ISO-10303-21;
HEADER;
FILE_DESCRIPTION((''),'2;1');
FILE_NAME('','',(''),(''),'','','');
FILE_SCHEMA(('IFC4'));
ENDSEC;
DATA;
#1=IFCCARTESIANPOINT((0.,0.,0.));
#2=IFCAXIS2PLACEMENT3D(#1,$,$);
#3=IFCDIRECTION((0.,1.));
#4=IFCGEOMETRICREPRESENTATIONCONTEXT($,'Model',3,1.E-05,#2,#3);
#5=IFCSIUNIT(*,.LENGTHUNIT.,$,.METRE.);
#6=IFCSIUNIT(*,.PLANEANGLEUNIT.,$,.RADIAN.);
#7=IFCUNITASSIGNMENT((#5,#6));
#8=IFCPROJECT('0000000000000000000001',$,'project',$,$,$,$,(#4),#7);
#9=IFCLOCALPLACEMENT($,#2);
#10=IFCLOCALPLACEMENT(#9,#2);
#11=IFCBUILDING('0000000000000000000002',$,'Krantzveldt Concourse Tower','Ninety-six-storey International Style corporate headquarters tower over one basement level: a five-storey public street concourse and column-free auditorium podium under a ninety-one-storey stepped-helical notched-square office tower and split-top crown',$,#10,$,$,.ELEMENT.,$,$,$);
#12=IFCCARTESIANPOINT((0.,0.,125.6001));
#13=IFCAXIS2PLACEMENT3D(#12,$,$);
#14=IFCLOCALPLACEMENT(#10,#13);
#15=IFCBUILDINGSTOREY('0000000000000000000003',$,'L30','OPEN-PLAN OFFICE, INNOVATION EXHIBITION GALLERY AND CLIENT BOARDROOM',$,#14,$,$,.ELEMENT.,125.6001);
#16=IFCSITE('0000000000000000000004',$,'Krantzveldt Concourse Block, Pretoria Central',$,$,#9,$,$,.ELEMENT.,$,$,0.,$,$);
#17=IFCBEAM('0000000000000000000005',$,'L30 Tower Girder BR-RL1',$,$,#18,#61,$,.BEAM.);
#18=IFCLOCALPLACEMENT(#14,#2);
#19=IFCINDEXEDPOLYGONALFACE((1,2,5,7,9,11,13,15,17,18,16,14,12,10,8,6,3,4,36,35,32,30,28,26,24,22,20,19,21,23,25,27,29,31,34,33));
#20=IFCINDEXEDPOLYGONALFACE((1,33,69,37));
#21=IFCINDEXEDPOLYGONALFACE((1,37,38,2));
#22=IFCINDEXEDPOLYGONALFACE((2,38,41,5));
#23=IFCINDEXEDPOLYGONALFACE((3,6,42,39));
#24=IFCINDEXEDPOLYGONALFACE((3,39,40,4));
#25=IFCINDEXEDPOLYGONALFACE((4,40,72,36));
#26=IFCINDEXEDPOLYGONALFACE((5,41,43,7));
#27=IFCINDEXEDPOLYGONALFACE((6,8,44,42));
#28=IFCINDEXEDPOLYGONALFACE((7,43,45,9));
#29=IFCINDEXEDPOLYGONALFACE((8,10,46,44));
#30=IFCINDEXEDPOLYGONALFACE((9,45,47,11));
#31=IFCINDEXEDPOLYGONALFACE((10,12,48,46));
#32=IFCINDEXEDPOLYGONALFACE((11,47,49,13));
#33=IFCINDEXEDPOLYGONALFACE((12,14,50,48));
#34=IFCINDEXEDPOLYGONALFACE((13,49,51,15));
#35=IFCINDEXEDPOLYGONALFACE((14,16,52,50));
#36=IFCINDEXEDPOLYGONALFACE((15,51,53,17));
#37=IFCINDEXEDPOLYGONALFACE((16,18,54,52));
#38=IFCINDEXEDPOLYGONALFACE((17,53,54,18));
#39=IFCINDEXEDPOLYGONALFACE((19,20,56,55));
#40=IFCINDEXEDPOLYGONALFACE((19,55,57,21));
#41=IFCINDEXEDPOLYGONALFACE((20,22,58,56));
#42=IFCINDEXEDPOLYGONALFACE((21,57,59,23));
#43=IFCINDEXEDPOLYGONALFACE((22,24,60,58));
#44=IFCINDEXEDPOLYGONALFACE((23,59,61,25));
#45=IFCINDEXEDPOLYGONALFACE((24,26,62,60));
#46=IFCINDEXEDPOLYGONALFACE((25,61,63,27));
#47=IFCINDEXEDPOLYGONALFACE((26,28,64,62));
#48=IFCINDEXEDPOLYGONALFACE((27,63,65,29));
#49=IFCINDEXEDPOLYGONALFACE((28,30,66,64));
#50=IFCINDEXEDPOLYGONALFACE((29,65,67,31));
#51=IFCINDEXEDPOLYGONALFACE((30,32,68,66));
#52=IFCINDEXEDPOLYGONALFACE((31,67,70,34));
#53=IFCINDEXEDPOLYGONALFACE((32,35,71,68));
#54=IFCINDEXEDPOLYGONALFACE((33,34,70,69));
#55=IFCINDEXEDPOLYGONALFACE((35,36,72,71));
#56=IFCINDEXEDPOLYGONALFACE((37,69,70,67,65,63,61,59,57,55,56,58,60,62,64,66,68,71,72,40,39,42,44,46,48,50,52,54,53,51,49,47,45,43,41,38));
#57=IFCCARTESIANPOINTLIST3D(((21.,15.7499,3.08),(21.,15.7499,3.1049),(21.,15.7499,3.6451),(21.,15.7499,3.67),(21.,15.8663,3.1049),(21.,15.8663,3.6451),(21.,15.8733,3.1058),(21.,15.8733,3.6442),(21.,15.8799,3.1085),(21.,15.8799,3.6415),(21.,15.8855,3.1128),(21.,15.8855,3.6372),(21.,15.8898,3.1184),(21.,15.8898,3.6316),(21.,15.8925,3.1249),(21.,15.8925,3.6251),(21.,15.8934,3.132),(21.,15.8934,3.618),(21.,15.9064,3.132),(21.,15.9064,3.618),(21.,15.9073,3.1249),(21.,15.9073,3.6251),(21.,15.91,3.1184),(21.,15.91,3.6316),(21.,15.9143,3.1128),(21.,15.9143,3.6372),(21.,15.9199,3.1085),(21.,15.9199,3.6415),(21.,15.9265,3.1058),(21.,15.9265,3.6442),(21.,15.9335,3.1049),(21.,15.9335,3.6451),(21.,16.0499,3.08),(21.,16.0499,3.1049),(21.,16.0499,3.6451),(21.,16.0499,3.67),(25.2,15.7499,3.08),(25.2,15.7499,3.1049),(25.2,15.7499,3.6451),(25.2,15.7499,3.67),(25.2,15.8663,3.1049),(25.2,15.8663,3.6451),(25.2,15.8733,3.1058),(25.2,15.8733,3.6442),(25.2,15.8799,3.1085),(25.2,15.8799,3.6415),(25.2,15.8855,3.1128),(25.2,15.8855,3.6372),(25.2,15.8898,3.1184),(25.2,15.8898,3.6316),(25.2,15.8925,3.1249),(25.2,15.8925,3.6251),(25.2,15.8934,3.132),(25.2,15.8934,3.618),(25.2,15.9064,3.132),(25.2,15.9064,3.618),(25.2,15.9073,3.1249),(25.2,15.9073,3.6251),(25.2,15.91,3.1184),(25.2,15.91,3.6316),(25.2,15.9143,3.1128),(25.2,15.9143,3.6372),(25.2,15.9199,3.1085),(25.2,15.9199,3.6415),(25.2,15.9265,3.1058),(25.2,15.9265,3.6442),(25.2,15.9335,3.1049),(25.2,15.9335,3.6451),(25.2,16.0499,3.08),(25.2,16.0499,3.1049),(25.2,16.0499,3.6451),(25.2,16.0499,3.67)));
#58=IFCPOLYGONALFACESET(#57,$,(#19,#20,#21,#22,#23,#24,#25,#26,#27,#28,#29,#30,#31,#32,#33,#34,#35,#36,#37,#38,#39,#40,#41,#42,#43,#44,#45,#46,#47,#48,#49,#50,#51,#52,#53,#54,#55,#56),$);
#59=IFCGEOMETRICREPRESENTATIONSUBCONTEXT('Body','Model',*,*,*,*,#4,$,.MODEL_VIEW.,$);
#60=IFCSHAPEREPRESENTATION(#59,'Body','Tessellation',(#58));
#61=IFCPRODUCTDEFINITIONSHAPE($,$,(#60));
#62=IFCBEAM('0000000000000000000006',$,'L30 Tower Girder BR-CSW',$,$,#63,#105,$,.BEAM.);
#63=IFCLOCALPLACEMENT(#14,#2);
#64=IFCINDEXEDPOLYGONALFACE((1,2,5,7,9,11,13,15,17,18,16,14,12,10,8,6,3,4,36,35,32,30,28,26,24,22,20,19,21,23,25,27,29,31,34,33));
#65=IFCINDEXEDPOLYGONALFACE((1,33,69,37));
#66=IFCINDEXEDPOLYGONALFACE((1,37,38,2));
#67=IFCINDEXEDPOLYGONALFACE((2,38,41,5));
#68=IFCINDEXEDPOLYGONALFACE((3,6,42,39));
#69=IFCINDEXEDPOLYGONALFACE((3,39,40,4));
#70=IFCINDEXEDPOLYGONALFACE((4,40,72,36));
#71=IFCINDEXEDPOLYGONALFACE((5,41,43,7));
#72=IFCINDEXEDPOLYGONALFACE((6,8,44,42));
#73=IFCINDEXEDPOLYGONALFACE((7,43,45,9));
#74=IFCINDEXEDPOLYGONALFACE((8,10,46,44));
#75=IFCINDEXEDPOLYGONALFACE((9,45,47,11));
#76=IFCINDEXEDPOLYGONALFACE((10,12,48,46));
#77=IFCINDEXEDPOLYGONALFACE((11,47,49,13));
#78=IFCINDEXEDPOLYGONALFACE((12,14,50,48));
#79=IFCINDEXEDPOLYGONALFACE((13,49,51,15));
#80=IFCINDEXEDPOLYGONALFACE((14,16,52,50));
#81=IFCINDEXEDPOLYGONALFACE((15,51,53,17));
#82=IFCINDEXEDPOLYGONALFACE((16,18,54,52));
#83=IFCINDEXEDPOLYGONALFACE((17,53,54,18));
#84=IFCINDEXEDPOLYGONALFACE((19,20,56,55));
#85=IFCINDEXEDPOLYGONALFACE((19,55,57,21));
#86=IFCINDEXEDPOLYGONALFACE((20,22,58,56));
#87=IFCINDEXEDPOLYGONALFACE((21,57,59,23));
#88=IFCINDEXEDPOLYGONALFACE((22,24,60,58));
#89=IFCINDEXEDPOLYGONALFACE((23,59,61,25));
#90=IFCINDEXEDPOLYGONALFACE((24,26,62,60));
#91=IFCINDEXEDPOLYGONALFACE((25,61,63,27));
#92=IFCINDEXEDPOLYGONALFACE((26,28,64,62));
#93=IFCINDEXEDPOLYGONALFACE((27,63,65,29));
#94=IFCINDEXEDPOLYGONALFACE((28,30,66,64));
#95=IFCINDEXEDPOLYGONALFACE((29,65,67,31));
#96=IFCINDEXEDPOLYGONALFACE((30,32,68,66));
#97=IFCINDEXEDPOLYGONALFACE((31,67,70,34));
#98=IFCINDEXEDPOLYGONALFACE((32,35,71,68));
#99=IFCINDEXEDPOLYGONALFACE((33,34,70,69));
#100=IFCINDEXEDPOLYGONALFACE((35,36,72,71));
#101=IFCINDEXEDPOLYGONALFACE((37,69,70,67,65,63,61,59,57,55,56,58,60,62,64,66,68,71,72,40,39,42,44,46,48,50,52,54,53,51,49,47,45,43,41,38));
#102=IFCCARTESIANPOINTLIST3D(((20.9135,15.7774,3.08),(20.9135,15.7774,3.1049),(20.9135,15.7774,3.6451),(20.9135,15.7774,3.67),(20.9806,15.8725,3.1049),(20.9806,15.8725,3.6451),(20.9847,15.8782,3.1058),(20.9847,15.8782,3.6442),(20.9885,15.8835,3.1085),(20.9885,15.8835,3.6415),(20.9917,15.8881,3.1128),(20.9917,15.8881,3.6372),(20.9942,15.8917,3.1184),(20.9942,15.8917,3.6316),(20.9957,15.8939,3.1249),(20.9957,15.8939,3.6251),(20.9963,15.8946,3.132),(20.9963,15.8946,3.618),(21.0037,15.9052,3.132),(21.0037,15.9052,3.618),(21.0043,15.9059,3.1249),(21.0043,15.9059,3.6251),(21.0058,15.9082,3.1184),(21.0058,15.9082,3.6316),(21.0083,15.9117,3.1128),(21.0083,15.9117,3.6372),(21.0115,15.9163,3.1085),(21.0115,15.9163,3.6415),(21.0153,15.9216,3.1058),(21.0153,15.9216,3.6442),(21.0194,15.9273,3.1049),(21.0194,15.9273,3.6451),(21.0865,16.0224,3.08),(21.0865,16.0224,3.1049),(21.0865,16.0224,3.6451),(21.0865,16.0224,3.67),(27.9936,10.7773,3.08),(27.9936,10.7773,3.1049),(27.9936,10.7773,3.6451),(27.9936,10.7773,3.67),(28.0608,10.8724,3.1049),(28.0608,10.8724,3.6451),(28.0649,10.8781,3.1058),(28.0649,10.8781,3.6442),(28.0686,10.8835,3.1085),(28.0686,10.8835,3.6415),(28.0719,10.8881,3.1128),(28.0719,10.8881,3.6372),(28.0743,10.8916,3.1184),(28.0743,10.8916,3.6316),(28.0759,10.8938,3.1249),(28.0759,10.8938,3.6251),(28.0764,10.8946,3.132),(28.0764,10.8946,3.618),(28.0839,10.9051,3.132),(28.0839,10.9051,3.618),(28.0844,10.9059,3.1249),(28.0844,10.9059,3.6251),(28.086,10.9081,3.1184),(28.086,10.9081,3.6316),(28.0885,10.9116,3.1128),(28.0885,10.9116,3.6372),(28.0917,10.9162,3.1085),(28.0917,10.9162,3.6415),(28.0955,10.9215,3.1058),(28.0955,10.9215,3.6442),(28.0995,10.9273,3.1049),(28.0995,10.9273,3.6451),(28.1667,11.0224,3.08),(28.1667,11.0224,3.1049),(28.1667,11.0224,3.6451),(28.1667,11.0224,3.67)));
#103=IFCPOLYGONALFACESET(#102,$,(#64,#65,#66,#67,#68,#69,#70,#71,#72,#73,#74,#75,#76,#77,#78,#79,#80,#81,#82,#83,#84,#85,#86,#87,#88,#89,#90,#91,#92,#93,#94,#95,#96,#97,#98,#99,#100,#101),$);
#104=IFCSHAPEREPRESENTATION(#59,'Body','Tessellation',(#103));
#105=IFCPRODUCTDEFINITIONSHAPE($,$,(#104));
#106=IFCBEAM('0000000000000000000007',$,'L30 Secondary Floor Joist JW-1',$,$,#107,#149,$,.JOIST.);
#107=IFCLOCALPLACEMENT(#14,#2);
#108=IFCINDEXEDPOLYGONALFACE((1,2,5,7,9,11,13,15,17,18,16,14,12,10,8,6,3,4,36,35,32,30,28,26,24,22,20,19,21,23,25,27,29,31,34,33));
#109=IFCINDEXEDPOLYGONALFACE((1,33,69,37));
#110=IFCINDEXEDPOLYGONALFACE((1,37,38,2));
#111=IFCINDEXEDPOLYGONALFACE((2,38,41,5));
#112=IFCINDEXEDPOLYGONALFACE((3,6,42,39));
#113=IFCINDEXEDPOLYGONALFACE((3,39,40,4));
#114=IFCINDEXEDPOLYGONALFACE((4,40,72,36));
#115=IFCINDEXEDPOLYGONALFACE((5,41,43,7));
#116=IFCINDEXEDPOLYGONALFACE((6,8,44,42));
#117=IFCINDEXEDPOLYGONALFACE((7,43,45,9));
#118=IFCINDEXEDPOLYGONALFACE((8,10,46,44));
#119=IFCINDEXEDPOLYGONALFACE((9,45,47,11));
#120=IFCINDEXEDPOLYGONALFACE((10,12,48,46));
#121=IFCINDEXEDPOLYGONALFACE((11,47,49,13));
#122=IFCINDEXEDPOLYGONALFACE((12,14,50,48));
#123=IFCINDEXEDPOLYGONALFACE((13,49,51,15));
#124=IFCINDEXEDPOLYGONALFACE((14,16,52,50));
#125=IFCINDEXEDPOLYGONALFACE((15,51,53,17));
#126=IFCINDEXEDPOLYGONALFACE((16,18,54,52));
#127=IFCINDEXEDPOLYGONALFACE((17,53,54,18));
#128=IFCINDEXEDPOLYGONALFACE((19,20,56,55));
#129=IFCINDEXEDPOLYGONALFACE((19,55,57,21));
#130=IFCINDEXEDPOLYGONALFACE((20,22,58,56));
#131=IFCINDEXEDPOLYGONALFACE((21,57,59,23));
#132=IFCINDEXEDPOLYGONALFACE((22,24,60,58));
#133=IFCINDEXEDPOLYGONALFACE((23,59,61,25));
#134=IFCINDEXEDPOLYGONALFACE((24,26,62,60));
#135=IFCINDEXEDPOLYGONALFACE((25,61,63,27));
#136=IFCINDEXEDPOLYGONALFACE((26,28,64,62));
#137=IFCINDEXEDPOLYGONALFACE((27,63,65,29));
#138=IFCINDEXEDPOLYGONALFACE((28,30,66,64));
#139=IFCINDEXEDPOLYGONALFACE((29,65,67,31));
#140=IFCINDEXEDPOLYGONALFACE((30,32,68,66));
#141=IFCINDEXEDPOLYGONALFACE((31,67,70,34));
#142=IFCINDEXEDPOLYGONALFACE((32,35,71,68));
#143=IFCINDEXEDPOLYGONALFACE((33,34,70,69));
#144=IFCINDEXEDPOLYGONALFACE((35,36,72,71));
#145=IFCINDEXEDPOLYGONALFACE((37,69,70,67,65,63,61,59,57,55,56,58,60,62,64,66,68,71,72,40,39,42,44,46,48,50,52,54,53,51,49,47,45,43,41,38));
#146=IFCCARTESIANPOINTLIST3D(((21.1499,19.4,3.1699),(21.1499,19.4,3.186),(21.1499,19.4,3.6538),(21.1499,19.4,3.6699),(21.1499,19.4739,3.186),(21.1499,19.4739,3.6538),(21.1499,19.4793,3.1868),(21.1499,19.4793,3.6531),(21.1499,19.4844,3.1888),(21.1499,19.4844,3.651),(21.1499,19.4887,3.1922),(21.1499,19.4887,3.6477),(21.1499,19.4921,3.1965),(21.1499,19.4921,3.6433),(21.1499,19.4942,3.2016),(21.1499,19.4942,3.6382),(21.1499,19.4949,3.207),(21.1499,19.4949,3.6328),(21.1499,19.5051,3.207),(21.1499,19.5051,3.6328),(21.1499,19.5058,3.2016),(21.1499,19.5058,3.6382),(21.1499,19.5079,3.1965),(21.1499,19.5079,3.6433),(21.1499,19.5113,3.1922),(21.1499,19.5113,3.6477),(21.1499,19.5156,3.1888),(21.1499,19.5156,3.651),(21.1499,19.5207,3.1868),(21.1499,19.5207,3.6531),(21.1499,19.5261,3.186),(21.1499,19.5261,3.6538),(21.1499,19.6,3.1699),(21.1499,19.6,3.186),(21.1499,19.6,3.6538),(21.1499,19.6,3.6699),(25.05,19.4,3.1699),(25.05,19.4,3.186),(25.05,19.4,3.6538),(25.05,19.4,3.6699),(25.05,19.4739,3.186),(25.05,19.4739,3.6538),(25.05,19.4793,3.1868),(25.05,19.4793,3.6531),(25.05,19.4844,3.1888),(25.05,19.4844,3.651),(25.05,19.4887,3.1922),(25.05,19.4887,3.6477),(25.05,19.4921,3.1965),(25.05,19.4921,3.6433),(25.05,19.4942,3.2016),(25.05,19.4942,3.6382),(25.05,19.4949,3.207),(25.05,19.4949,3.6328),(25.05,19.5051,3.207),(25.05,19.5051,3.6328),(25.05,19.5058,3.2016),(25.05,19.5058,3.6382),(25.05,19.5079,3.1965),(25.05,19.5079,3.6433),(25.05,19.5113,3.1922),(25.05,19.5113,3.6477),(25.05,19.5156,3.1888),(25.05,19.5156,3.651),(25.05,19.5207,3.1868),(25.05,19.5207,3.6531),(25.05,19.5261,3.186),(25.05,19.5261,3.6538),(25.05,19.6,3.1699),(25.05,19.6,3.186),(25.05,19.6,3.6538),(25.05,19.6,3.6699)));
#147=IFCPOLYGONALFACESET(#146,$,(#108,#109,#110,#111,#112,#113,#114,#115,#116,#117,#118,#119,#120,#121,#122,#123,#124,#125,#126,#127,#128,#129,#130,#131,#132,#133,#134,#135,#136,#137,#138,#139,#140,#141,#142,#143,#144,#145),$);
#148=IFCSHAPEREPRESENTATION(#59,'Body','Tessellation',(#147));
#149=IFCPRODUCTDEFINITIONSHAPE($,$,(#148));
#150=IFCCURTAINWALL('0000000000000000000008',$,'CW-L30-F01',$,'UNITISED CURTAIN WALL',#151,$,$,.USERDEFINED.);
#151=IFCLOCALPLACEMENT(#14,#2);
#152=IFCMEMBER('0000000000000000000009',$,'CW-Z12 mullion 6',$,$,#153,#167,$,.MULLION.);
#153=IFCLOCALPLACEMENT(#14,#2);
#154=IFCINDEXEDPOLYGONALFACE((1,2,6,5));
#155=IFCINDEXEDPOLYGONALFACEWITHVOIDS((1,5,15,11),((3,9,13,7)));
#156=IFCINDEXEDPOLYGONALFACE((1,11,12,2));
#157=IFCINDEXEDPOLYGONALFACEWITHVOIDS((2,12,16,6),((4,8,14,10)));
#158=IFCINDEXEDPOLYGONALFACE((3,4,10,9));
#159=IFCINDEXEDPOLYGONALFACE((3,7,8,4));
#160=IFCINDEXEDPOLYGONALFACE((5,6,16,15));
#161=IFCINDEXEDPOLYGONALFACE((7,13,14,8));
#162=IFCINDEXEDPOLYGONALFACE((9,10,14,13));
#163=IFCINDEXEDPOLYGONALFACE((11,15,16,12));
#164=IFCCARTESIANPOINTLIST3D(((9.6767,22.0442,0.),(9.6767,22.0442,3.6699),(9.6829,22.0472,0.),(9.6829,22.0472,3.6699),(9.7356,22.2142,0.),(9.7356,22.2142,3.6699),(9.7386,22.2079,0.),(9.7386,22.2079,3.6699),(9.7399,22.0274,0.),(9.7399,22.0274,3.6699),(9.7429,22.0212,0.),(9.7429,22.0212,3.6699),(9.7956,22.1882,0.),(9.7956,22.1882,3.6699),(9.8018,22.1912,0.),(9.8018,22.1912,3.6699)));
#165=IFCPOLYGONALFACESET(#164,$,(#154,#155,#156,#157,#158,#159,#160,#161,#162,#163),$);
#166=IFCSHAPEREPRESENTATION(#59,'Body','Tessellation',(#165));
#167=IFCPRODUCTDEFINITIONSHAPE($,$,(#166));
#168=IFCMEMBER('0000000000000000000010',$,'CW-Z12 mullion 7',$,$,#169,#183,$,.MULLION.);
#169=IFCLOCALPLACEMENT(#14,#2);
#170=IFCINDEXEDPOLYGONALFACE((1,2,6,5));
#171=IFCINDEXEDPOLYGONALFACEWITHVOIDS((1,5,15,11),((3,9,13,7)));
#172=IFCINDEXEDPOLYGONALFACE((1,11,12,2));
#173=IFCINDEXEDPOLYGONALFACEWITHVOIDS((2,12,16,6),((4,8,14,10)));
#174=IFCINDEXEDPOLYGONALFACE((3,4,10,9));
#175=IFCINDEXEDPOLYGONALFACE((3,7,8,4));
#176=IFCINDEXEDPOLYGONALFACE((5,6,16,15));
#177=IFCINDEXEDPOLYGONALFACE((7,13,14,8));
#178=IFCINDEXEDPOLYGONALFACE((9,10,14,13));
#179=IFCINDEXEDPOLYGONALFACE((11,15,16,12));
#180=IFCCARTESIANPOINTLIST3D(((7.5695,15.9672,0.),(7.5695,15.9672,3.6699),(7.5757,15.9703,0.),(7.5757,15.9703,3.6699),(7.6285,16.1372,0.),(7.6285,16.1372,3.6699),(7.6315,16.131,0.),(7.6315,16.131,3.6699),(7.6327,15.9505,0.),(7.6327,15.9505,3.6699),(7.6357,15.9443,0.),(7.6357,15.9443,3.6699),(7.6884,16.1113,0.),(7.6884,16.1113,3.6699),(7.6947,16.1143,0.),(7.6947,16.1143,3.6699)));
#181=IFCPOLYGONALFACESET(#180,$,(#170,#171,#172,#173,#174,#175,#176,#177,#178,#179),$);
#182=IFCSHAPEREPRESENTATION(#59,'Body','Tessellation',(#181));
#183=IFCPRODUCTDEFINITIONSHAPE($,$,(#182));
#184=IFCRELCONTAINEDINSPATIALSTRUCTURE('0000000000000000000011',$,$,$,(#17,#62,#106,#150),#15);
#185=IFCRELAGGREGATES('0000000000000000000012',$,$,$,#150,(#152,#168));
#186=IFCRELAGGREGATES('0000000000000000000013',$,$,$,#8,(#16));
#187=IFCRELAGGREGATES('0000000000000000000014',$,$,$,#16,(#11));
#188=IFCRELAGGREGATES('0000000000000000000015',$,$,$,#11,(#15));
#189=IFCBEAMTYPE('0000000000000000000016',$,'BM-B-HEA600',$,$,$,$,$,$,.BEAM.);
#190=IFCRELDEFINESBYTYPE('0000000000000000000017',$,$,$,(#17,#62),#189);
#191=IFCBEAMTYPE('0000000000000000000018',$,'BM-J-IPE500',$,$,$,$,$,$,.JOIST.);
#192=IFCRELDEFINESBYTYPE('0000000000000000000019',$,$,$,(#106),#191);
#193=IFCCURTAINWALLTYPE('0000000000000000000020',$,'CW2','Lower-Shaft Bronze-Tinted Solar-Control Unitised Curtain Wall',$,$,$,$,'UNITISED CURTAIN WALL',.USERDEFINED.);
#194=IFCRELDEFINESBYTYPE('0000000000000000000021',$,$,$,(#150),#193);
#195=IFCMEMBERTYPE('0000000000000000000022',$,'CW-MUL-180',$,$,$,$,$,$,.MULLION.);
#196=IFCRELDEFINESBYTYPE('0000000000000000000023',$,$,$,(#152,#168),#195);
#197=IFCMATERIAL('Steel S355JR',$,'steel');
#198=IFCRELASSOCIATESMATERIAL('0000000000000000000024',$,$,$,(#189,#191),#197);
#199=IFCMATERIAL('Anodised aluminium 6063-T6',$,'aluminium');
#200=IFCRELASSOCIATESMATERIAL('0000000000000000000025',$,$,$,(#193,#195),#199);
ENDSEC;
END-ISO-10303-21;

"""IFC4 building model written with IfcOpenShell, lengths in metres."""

from ifc_helpers import new_model, si_unit, direction, frame, origin, origin_2d, place, context, subcontext, project, spatial, hollow_rectangle, i_section, extrude, source, transform, mapped, material, material_profile, profile_set, type_object, type_shapes, element, aggregate, save


model = new_model("IFC4")

# Units and contexts
model_context = context("Model", 3, precision=1e-05, world=origin(), true_north=direction((0.0, 1.0)))
body_context = subcontext(model_context, "Body", "Model", "MODEL_VIEW")
ifc_project = project(units=[si_unit("LENGTHUNIT", "METRE"), si_unit("PLANEANGLEUNIT", "RADIAN")], contexts=[model_context])

# Site, building, storey
site_placement = place(None, origin())
site = spatial("IfcSite", under=ifc_project, at=site_placement, Name="Krantzveldt Concourse Block, Pretoria Central", CompositionType="ELEMENT", RefElevation=0.0)
building_placement = place(site_placement, origin())
building = spatial("IfcBuilding", under=site, at=building_placement, Name="Krantzveldt Concourse Tower", Description="Ninety-six-storey International Style corporate headquarters tower over one basement level: a five-storey public street concourse and column-free auditorium podium under a ninety-one-storey stepped-helical notched-square office tower and split-top crown", CompositionType="ELEMENT")
storey_placement = place(building_placement, frame((0.0, 0.0, 125.6001)))
storey = spatial("IfcBuildingStorey", under=building, at=storey_placement, Name="L30", Description="OPEN-PLAN OFFICE, INNOVATION EXHIBITION GALLERY AND CLIENT BOARDROOM", CompositionType="ELEMENT", Elevation=125.6001)

# Beams
ifc_material_1 = material(Name="Steel S355JR", Category="steel")
ifc_material_profile_1 = material_profile(ifc_material_1, i_section(OverallWidth=0.3, OverallDepth=0.5901, WebThickness=0.0129, FlangeThickness=0.0249, FilletRadius=0.0271, at=origin_2d()), Name="Steel S355JR", Category="steel")
ifc_profile_set_1 = profile_set([ifc_material_profile_1], Name="Steel S355JR - HEA 600")
beam_type_1 = type_object("IfcBeamType", Name="BM-B-HEA600", PredefinedType="BEAM", material=ifc_profile_set_1)
shared_shape_1 = source(origin(), body_context, "Body", "SweptSolid", [
    extrude(i_section(OverallWidth=0.3, OverallDepth=0.5901, WebThickness=0.0129, FlangeThickness=0.0249, FilletRadius=0.0271, at=origin_2d()), origin(), (0.0, 0.0, 1.0), 4.2),
])
beam_1_placement = place(storey_placement, frame((21.0, 15.8999, 3.375), z_axis=(1.0, 0.0, 0.0), x_axis=(0.0, 1.0, 0.0)))
element("IfcBeam", 1, at=beam_1_placement, inside=storey, type_object=beam_type_1, Name="L30 Tower Girder BR-RL1", PredefinedType="BEAM", context=body_context, shape_type="MappedRepresentation", body=[
    mapped(shared_shape_1, transform((0.0, 0.0, 0.0), x_axis=(1.0, 0.0, 0.0), y_axis=(0.0, 1.0, 0.0), z_axis=(0.0, 0.0, 1.0), scale=1.0)),
])
shared_shape_2 = source(origin(), body_context, "Body", "SweptSolid", [
    extrude(i_section(OverallWidth=0.3, OverallDepth=0.5901, WebThickness=0.0129, FlangeThickness=0.0249, FilletRadius=0.0271, at=origin_2d()), origin(), (0.0, 0.0, 1.0), 8.6677),
])
type_shapes(beam_type_1, [shared_shape_1, shared_shape_2])
beam_2_placement = place(storey_placement, frame((21.0, 15.8999, 3.375), z_axis=(0.816843, -0.57686, 0.0), x_axis=(0.57686, 0.816843, 0.0)))
element("IfcBeam", 2, at=beam_2_placement, inside=storey, type_object=beam_type_1, Name="L30 Tower Girder BR-CSW", PredefinedType="BEAM", context=body_context, shape_type="MappedRepresentation", body=[
    mapped(shared_shape_2, transform((0.0, 0.0, 0.0), x_axis=(1.0, 0.0, 0.0), y_axis=(0.0, 1.0, 0.0), z_axis=(0.0, 0.0, 1.0), scale=1.0)),
])
ifc_material_profile_2 = material_profile(ifc_material_1, i_section(OverallWidth=0.2, OverallDepth=0.5, WebThickness=0.0103, FlangeThickness=0.0161, FilletRadius=0.021, at=origin_2d()), Name="Steel S355JR", Category="steel")
ifc_profile_set_2 = profile_set([ifc_material_profile_2], Name="Steel S355JR - IPE 500")
beam_type_2 = type_object("IfcBeamType", Name="BM-J-IPE500", PredefinedType="JOIST", material=ifc_profile_set_2)
shared_shape_3 = source(origin(), body_context, "Body", "SweptSolid", [
    extrude(i_section(OverallWidth=0.2, OverallDepth=0.5, WebThickness=0.0103, FlangeThickness=0.0161, FilletRadius=0.021, at=origin_2d()), origin(), (0.0, 0.0, 1.0), 3.9001),
])
type_shapes(beam_type_2, [shared_shape_3])
beam_3_placement = place(storey_placement, frame((21.1499, 19.5, 3.4199), z_axis=(1.0, 0.0, 0.0), x_axis=(0.0, 1.0, 0.0)))
element("IfcBeam", 3, at=beam_3_placement, inside=storey, type_object=beam_type_2, Name="L30 Secondary Floor Joist JW-1", PredefinedType="JOIST", context=body_context, shape_type="MappedRepresentation", body=[
    mapped(shared_shape_3, transform((0.0, 0.0, 0.0), x_axis=(1.0, 0.0, 0.0), y_axis=(0.0, 1.0, 0.0), z_axis=(0.0, 0.0, 1.0), scale=1.0)),
])

# Curtain wall, members
ifc_material_2 = material(Name="Anodised aluminium 6063-T6", Category="aluminium")
curtain_wall_type = type_object("IfcCurtainWallType", Name="CW2", Description="Lower-Shaft Bronze-Tinted Solar-Control Unitised Curtain Wall", ElementType="UNITISED CURTAIN WALL", PredefinedType="USERDEFINED", material=ifc_material_2)
curtain_wall_1_placement = place(storey_placement, origin())
curtain_wall_1 = element("IfcCurtainWall", 4, at=curtain_wall_1_placement, inside=storey, type_object=curtain_wall_type, Name="CW-L30-F01", ObjectType="UNITISED CURTAIN WALL", PredefinedType="USERDEFINED")
ifc_material_profile_3 = material_profile(ifc_material_2, hollow_rectangle(XDim=0.0701, YDim=0.1799, WallThickness=0.0049, at=origin_2d()), Name="Anodised aluminium 6063-T6", Category="aluminium")
ifc_profile_set_3 = profile_set([ifc_material_profile_3], Name="Anodised aluminium 6063-T6 - ALU-MULL 180x70x5")
member_type_1 = type_object("IfcMemberType", Name="CW-MUL-180", PredefinedType="MULLION", material=ifc_profile_set_3)
shared_shape_4 = source(origin(), body_context, "Body", "SweptSolid", [
    extrude(hollow_rectangle(XDim=0.0701, YDim=0.1799, WallThickness=0.0049, at=origin_2d()), origin(), (0.0, 0.0, 1.0), 3.6699),
])
type_shapes(member_type_1, [shared_shape_4])
member_1_placement = place(storey_placement, frame((9.7393, 22.1177, 0.0), z_axis=(0.0, 0.0, 1.0), x_axis=(0.944806, -0.32763, 0.0)))
member_1 = element("IfcMember", 5, at=member_1_placement, type_object=member_type_1, Name="CW-Z12 mullion 6", PredefinedType="MULLION", context=body_context, shape_type="MappedRepresentation", body=[
    mapped(shared_shape_4, transform((0.0, 0.0, 0.0), x_axis=(1.0, 0.0, 0.0), y_axis=(0.0, 1.0, 0.0), z_axis=(0.0, 0.0, 1.0), scale=1.0)),
])
member_2_placement = place(storey_placement, frame((7.6321, 16.0408, 0.0), z_axis=(0.0, 0.0, 1.0), x_axis=(0.944806, -0.32763, 0.0)))
member_2 = element("IfcMember", 6, at=member_2_placement, type_object=member_type_1, Name="CW-Z12 mullion 7", PredefinedType="MULLION", context=body_context, shape_type="MappedRepresentation", body=[
    mapped(shared_shape_4, transform((0.0, 0.0, 0.0), x_axis=(1.0, 0.0, 0.0), y_axis=(0.0, 1.0, 0.0), z_axis=(0.0, 0.0, 1.0), scale=1.0)),
])

aggregate(curtain_wall_1, [member_1, member_2])

save(model, "model.ifc")
